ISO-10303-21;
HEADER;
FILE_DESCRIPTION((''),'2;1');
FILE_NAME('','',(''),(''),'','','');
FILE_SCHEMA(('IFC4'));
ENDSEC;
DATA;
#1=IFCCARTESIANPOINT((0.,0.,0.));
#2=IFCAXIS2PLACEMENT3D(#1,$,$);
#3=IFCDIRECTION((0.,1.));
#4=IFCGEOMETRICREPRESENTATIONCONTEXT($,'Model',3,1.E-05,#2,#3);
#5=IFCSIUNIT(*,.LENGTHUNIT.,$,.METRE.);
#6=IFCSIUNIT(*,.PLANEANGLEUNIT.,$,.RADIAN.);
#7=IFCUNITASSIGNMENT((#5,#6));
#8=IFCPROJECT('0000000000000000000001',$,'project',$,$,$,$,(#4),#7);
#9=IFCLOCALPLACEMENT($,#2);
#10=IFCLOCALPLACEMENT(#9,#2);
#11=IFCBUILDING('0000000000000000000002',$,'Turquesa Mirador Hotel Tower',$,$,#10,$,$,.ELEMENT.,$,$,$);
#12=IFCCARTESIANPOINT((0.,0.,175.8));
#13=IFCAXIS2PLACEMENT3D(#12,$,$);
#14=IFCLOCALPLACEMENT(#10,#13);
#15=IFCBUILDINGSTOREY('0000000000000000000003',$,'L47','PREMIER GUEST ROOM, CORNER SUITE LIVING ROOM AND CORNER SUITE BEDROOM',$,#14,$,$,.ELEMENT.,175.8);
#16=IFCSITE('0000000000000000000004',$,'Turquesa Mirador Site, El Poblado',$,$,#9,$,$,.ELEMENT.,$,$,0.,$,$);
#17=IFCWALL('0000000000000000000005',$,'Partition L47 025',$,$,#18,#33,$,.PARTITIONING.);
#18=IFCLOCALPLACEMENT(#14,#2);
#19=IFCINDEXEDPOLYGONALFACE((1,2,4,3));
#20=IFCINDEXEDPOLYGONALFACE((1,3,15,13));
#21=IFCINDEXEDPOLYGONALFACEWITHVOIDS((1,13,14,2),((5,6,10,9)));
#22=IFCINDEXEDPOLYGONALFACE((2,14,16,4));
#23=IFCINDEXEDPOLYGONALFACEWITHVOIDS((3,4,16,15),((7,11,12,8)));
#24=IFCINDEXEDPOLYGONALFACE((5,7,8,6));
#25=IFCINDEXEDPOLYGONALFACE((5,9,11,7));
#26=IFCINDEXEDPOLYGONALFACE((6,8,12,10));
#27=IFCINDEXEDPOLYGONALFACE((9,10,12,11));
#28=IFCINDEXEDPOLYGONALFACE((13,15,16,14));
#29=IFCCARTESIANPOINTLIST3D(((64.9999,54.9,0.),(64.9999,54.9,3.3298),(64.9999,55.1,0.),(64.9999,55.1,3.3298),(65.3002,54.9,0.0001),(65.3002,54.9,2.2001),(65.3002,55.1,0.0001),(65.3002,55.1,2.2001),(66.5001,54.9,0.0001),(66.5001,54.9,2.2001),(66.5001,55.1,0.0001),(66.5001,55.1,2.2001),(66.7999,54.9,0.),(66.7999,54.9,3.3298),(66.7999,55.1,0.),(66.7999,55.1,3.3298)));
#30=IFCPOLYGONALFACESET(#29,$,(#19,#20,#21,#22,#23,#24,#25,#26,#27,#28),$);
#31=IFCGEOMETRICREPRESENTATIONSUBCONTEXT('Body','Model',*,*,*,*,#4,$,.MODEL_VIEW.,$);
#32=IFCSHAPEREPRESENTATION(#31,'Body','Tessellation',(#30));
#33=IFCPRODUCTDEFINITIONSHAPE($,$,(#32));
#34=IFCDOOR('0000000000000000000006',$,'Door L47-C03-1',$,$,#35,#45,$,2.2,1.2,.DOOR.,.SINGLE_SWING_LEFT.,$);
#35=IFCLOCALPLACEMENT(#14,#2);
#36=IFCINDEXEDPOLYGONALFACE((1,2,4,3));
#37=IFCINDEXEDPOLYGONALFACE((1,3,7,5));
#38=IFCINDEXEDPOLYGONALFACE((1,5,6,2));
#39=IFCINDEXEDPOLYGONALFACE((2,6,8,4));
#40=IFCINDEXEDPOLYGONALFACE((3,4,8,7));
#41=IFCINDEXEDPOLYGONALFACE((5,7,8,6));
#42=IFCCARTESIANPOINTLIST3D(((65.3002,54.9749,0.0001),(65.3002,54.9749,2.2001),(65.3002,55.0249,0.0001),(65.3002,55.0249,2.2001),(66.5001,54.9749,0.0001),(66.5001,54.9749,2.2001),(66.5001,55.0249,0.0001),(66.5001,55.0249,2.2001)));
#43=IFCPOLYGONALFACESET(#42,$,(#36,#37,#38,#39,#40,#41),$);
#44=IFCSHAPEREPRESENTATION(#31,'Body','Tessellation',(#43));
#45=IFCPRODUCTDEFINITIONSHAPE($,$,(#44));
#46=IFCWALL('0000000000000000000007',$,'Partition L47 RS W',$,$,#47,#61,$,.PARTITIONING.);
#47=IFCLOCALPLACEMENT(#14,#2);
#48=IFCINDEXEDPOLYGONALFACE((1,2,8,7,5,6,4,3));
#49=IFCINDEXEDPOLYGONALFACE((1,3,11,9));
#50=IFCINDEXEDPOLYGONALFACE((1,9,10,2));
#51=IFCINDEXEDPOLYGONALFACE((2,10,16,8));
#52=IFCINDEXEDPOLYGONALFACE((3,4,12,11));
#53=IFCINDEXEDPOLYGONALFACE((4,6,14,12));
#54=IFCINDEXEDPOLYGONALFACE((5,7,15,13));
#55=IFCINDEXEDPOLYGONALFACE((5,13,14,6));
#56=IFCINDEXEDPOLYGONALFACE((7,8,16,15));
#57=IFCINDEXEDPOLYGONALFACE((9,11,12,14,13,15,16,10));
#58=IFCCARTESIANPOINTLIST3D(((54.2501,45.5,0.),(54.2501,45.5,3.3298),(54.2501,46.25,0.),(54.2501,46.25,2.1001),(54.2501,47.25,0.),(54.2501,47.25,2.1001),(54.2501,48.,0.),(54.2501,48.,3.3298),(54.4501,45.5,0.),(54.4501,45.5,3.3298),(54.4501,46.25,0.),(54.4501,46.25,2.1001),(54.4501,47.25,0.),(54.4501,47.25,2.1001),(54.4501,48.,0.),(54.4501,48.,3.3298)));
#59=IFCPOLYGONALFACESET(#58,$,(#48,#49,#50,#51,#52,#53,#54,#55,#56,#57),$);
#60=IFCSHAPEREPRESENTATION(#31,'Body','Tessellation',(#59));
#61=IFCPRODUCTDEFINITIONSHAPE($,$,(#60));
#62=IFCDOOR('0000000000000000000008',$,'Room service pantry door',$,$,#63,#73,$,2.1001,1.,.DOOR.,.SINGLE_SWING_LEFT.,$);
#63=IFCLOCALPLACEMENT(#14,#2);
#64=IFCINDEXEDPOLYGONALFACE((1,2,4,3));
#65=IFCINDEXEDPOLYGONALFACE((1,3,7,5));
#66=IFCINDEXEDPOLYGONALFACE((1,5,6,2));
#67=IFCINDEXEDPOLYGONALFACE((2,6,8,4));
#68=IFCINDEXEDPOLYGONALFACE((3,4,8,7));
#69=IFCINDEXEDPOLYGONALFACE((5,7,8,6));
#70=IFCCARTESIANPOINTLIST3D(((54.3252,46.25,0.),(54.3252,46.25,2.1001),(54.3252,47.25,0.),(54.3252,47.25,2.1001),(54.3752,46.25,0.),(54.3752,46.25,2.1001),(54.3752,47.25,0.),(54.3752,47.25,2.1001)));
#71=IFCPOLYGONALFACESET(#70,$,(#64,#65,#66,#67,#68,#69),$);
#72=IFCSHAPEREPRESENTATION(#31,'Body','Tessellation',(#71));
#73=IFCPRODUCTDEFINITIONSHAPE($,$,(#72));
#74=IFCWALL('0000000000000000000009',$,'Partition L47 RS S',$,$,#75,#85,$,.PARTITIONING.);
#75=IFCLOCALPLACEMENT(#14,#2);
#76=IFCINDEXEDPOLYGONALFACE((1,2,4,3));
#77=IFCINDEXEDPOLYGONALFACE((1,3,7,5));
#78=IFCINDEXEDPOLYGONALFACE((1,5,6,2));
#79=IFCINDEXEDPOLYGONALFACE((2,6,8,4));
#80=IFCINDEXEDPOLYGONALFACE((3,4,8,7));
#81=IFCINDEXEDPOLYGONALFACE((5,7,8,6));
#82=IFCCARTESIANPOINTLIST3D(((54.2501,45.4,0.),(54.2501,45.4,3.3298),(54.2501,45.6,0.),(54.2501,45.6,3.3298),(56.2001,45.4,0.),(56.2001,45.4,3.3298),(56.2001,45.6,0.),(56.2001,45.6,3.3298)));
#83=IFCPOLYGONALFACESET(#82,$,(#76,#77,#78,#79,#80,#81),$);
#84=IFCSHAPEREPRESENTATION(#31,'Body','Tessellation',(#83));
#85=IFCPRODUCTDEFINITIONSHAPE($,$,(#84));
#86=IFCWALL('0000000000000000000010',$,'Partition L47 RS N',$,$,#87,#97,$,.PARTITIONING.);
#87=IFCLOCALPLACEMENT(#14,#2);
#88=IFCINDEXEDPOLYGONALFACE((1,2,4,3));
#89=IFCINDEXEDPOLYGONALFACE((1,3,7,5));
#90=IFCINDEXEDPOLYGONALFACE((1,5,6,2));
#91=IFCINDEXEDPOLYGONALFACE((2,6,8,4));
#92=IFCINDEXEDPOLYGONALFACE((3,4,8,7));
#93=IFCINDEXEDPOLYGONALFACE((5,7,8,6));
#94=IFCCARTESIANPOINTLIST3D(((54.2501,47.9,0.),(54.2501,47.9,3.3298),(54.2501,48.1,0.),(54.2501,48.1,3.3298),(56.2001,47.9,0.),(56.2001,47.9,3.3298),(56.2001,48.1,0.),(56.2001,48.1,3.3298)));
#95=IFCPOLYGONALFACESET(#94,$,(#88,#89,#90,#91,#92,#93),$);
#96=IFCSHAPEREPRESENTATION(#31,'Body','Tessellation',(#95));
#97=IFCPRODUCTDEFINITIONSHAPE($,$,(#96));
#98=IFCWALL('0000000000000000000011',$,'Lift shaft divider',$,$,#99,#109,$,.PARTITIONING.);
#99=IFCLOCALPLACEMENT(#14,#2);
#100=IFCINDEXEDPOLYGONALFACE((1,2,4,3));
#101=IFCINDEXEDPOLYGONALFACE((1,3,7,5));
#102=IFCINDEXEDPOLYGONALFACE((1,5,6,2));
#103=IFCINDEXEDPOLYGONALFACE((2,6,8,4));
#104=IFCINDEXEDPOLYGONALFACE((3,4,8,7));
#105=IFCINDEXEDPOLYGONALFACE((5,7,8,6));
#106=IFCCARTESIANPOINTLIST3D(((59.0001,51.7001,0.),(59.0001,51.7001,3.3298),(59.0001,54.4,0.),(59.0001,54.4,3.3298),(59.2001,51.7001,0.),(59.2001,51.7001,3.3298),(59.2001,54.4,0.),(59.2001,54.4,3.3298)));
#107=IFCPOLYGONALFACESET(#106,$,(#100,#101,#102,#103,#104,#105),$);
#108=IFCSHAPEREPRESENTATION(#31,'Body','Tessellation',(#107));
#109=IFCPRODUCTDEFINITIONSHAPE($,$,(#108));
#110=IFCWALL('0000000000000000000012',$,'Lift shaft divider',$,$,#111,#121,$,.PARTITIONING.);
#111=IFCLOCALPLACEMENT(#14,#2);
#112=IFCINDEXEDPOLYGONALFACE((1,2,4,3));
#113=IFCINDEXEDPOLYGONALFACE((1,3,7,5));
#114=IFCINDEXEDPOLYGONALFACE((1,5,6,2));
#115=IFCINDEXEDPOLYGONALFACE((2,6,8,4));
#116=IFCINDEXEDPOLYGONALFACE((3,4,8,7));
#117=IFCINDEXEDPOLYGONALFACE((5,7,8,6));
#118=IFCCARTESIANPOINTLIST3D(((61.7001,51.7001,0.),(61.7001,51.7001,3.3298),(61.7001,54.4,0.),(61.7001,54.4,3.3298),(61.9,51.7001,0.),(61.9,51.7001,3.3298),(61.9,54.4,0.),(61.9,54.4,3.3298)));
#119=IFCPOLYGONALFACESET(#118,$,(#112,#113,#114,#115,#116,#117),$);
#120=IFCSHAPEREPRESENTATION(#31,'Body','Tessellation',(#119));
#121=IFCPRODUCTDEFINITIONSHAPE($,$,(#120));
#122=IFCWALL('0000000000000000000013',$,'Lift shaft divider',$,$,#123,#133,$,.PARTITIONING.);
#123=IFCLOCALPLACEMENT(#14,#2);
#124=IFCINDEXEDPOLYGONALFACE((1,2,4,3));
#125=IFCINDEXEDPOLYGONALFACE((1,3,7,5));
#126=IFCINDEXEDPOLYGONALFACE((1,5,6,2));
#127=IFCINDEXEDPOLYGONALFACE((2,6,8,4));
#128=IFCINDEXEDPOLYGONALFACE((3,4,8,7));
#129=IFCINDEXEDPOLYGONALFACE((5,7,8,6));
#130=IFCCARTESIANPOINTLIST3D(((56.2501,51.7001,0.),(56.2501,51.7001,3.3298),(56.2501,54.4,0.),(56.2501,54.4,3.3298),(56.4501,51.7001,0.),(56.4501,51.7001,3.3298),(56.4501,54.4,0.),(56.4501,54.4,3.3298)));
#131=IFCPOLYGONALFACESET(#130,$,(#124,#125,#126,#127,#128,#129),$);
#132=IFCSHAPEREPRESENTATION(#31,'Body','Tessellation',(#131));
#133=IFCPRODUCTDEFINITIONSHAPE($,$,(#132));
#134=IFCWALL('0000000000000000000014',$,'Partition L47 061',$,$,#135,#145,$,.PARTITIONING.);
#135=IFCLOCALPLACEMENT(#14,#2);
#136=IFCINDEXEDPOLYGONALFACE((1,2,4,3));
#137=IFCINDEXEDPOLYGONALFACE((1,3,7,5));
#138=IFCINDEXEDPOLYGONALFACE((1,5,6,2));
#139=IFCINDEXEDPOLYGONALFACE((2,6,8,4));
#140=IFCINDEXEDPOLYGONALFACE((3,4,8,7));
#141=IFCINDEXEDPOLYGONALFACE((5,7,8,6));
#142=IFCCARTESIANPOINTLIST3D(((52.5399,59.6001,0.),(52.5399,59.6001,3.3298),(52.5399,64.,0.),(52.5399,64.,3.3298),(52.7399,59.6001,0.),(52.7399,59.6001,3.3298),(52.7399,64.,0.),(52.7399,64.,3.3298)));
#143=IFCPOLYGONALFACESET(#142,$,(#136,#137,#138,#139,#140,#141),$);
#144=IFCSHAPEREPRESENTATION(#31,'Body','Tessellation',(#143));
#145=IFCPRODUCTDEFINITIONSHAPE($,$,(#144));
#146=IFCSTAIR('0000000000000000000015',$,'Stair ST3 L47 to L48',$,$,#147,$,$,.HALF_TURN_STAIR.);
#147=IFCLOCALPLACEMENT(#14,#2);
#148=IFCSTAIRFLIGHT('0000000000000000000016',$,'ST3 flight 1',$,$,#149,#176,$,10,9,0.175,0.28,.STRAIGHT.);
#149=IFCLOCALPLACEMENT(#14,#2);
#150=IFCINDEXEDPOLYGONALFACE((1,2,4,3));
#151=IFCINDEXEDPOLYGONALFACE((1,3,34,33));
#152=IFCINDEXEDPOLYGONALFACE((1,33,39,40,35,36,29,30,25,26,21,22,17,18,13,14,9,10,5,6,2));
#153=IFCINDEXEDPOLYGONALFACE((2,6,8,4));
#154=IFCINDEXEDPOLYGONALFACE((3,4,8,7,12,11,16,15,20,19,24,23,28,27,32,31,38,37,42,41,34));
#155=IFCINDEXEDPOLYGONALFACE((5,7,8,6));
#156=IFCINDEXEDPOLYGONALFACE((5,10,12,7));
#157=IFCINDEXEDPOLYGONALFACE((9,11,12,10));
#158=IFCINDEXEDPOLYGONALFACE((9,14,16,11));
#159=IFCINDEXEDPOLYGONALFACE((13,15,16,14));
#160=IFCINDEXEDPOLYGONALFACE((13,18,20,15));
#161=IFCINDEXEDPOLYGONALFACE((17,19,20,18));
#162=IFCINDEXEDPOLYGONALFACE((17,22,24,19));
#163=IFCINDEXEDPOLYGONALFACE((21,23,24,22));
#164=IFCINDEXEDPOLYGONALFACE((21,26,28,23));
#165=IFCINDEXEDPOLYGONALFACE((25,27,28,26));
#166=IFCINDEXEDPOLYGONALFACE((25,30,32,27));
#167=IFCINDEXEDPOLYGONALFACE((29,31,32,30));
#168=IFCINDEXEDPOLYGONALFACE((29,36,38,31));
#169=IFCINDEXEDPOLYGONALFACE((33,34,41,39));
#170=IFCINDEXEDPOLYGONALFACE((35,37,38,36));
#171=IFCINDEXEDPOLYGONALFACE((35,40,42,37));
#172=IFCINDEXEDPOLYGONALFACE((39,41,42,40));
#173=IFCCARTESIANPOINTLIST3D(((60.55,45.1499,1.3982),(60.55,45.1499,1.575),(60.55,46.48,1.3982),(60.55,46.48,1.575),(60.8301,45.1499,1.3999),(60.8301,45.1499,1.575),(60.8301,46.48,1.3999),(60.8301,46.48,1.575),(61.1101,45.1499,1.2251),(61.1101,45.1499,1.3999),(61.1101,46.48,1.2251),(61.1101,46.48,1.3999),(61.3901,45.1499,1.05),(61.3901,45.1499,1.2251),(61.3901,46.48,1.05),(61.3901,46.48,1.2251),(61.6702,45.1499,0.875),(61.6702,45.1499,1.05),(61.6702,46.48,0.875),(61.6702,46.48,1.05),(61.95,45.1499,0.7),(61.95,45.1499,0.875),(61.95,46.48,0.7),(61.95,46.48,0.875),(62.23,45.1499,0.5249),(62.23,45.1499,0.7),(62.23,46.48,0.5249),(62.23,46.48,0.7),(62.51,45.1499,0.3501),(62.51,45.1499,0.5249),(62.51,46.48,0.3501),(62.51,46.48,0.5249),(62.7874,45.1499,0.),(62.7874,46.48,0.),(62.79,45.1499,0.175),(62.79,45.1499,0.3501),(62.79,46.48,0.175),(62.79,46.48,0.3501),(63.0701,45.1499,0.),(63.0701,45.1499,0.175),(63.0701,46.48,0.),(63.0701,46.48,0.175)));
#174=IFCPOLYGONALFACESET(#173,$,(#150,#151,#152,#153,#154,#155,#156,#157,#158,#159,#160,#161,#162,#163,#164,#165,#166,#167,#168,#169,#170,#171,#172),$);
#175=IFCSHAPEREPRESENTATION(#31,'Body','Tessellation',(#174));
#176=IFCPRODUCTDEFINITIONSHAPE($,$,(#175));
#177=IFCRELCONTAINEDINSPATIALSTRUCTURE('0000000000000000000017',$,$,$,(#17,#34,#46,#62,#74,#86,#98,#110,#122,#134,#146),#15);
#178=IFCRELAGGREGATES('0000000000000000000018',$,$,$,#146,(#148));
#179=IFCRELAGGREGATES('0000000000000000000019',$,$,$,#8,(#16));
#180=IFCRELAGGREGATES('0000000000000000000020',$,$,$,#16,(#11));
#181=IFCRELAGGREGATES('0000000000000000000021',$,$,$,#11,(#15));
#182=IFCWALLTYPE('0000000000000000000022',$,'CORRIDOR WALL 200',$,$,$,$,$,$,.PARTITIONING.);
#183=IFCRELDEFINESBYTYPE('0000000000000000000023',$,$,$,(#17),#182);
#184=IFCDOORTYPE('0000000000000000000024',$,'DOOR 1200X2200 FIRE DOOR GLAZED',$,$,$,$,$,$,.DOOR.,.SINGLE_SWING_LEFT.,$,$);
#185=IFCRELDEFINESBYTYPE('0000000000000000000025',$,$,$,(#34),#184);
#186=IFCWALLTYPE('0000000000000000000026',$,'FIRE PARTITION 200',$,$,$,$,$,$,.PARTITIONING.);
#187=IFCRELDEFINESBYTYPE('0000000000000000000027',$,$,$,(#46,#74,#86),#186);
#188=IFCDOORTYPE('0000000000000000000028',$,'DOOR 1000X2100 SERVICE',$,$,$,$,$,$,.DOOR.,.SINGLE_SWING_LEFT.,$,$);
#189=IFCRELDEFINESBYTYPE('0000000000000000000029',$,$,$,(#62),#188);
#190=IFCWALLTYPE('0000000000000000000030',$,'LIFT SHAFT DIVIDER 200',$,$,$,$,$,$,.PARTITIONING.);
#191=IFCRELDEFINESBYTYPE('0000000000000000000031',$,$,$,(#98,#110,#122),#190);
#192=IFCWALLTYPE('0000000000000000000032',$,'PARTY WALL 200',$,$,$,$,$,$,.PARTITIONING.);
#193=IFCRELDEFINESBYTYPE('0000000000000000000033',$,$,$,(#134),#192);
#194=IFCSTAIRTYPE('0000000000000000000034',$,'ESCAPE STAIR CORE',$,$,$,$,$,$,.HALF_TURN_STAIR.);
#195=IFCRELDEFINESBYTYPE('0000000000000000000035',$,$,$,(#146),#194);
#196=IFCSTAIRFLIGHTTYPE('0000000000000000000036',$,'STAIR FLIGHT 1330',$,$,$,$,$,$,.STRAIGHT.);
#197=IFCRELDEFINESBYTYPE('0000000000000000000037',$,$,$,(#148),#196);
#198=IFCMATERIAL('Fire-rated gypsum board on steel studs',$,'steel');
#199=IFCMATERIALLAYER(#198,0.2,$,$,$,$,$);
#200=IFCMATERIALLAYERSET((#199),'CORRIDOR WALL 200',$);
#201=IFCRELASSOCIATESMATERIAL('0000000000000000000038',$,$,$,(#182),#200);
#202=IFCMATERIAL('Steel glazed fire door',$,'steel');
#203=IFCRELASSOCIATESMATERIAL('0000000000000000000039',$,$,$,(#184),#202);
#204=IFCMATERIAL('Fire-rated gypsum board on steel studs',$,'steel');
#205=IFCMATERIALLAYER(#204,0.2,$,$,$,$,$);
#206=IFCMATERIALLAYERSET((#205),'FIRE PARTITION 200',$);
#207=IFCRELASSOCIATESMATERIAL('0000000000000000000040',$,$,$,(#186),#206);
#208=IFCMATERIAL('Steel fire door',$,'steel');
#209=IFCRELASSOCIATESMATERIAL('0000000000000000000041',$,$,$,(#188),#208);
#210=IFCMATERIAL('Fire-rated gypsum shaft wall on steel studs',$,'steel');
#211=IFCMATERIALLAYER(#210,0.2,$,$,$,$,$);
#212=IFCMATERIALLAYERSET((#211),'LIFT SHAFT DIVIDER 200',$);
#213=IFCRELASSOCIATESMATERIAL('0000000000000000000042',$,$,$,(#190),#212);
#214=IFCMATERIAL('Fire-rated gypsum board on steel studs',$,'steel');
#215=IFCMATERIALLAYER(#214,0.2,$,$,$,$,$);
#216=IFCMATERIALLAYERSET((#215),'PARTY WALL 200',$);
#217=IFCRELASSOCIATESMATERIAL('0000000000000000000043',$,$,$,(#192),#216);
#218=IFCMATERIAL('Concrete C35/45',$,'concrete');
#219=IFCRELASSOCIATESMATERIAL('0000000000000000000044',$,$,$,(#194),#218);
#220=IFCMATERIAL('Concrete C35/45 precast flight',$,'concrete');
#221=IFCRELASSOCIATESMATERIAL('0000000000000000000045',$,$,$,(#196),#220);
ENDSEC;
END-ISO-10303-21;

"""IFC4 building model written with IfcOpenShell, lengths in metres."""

from ifc_helpers import new_model, si_unit, direction, frame, frame_2d, origin, place, context, subcontext, project, spatial, polyline, rectangle, outline, extrude, material, layer, layer_set, type_object, element, fill, aggregate, save


model = new_model("IFC4")

# Units and contexts
model_context = context("Model", 3, precision=1e-05, world=origin(), true_north=direction((0.0, 1.0)))
body_context = subcontext(model_context, "Body", "Model", "MODEL_VIEW")
ifc_project = project(units=[si_unit("LENGTHUNIT", "METRE"), si_unit("PLANEANGLEUNIT", "RADIAN")], contexts=[model_context])

# Site, building, storey
site_placement = place(None, origin())
site = spatial("IfcSite", under=ifc_project, at=site_placement, Name="Turquesa Mirador Site, El Poblado", CompositionType="ELEMENT", RefElevation=0.0)
building_placement = place(site_placement, origin())
building = spatial("IfcBuilding", under=site, at=building_placement, Name="Turquesa Mirador Hotel Tower", CompositionType="ELEMENT")
storey_placement = place(building_placement, frame((0.0, 0.0, 175.8)))
storey = spatial("IfcBuildingStorey", under=building, at=storey_placement, Name="L47", Description="PREMIER GUEST ROOM, CORNER SUITE LIVING ROOM AND CORNER SUITE BEDROOM", CompositionType="ELEMENT", Elevation=175.8)

# Walls, openings, doors
ifc_material_1 = material(Name="Fire-rated gypsum board on steel studs", Category="steel")
ifc_layer_1 = layer(ifc_material_1, 0.2)
ifc_layer_set_1 = layer_set([ifc_layer_1], Name="CORRIDOR WALL 200")
wall_type_1 = type_object("IfcWallType", Name="CORRIDOR WALL 200", PredefinedType="PARTITIONING", material=ifc_layer_set_1)
wall_1_placement = place(storey_placement, frame((65.0, 55.0, 0.0), z_axis=(0.0, 0.0, 1.0), x_axis=(1.0, 0.0, 0.0)))
wall_1 = element("IfcWall", 1, at=wall_1_placement, inside=storey, type_object=wall_type_1, Name="Partition L47 025", PredefinedType="PARTITIONING", context=body_context, shape_type="SweptSolid", body=[
    extrude(rectangle(XDim=1.8, YDim=0.2, at=frame_2d((0.8999, 0.0))), origin(), (0.0, 0.0, 1.0), 3.3298),
])
opening_1_placement = place(wall_1_placement, frame((0.3, 0.0, 0.0)))
opening_1 = element("IfcOpeningElement", 2, at=opening_1_placement, cuts=wall_1, PredefinedType="OPENING", context=body_context, shape_type="SweptSolid", body=[
    extrude(rectangle(XDim=1.2, YDim=2.2, at=frame_2d((0.6001, 1.1001))), frame((0.0, 0.1099, 0.0), z_axis=(0.0, -1.0, 0.0), x_axis=(1.0, 0.0, 0.0)), (0.0, 0.0, 1.0), 0.22),
])
ifc_material_2 = material(Name="Steel glazed fire door", Category="steel")
door_type_1 = type_object("IfcDoorType", Name="DOOR 1200X2200 FIRE DOOR GLAZED", OperationType="SINGLE_SWING_LEFT", PredefinedType="DOOR", material=ifc_material_2)
door_1_placement = place(opening_1_placement, origin())
door_1 = element("IfcDoor", 3, at=door_1_placement, inside=storey, type_object=door_type_1, Name="Door L47-C03-1", OperationType="SINGLE_SWING_LEFT", OverallHeight=2.2, OverallWidth=1.2, PredefinedType="DOOR", context=body_context, shape_type="SweptSolid", body=[
    extrude(rectangle(XDim=1.2, YDim=2.2, at=frame_2d((0.6001, 1.1001))), frame((0.0, 0.0249, 0.0), z_axis=(0.0, -1.0, 0.0), x_axis=(1.0, 0.0, 0.0)), (0.0, 0.0, 1.0), 0.05),
])
fill(opening_1, door_1)
ifc_material_3 = material(Name="Fire-rated gypsum board on steel studs", Category="steel")
ifc_layer_2 = layer(ifc_material_3, 0.2)
ifc_layer_set_2 = layer_set([ifc_layer_2], Name="FIRE PARTITION 200")
wall_type_2 = type_object("IfcWallType", Name="FIRE PARTITION 200", PredefinedType="PARTITIONING", material=ifc_layer_set_2)
wall_2_placement = place(storey_placement, frame((54.3501, 45.5, 0.0), z_axis=(0.0, 0.0, 1.0), x_axis=(0.0, 1.0, 0.0)))
wall_2 = element("IfcWall", 4, at=wall_2_placement, inside=storey, type_object=wall_type_2, Name="Partition L47 RS W", PredefinedType="PARTITIONING", context=body_context, shape_type="SweptSolid", body=[
    extrude(rectangle(XDim=2.5, YDim=0.2, at=frame_2d((1.25, 0.0))), origin(), (0.0, 0.0, 1.0), 3.3298),
])
opening_2_placement = place(wall_2_placement, frame((0.75, 0.0, 0.0)))
opening_2 = element("IfcOpeningElement", 5, at=opening_2_placement, cuts=wall_2, PredefinedType="OPENING", context=body_context, shape_type="SweptSolid", body=[
    extrude(rectangle(XDim=1.0, YDim=2.1001, at=frame_2d((0.5, 1.05))), frame((0.0, 0.1099, 0.0), z_axis=(0.0, -1.0, 0.0), x_axis=(1.0, 0.0, 0.0)), (0.0, 0.0, 1.0), 0.22),
])
ifc_material_4 = material(Name="Steel fire door", Category="steel")
door_type_2 = type_object("IfcDoorType", Name="DOOR 1000X2100 SERVICE", OperationType="SINGLE_SWING_LEFT", PredefinedType="DOOR", material=ifc_material_4)
door_2_placement = place(opening_2_placement, origin())
door_2 = element("IfcDoor", 6, at=door_2_placement, inside=storey, type_object=door_type_2, Name="Room service pantry door", OperationType="SINGLE_SWING_LEFT", OverallHeight=2.1001, OverallWidth=1.0, PredefinedType="DOOR", context=body_context, shape_type="SweptSolid", body=[
    extrude(rectangle(XDim=1.0, YDim=2.1001, at=frame_2d((0.5, 1.05))), frame((0.0, 0.0249, 0.0), z_axis=(0.0, -1.0, 0.0), x_axis=(1.0, 0.0, 0.0)), (0.0, 0.0, 1.0), 0.05),
])
fill(opening_2, door_2)

# Walls
for number, where, z_axis, x_axis, name in (
    (7, (54.25, 45.5, 0.0), (0.0, 0.0, 1.0), (1.0, 0.0, 0.0), "Partition L47 RS S"),
    (8, (54.25, 48.0, 0.0), (0.0, 0.0, 1.0), (1.0, 0.0, 0.0), "Partition L47 RS N"),
):
    element("IfcWall", number, at=place(storey_placement, frame(where, z_axis=z_axis, x_axis=x_axis)), inside=storey, type_object=wall_type_2, Name=name, PredefinedType="PARTITIONING", context=body_context, shape_type="SweptSolid", body=[
        extrude(rectangle(XDim=1.95, YDim=0.2, at=frame_2d((0.9751, 0.0))), origin(), (0.0, 0.0, 1.0), 3.3298),
    ])
ifc_material_5 = material(Name="Fire-rated gypsum shaft wall on steel studs", Category="steel")
ifc_layer_3 = layer(ifc_material_5, 0.2)
ifc_layer_set_3 = layer_set([ifc_layer_3], Name="LIFT SHAFT DIVIDER 200")
wall_type_3 = type_object("IfcWallType", Name="LIFT SHAFT DIVIDER 200", PredefinedType="PARTITIONING", material=ifc_layer_set_3)
for number, where, z_axis, x_axis, name in (
    (9, (59.1001, 51.7, 0.0), (0.0, 0.0, 1.0), (0.0, 1.0, 0.0), "Lift shaft divider"),
    (10, (61.8, 51.7, 0.0), (0.0, 0.0, 1.0), (0.0, 1.0, 0.0), "Lift shaft divider"),
    (11, (56.3501, 51.7, 0.0), (0.0, 0.0, 1.0), (0.0, 1.0, 0.0), "Lift shaft divider"),
):
    element("IfcWall", number, at=place(storey_placement, frame(where, z_axis=z_axis, x_axis=x_axis)), inside=storey, type_object=wall_type_3, Name=name, PredefinedType="PARTITIONING", context=body_context, shape_type="SweptSolid", body=[
        extrude(rectangle(XDim=2.7, YDim=0.2, at=frame_2d((1.3501, 0.0))), origin(), (0.0, 0.0, 1.0), 3.3298),
    ])
ifc_material_6 = material(Name="Fire-rated gypsum board on steel studs", Category="steel")
ifc_layer_4 = layer(ifc_material_6, 0.2)
ifc_layer_set_4 = layer_set([ifc_layer_4], Name="PARTY WALL 200")
wall_type_4 = type_object("IfcWallType", Name="PARTY WALL 200", PredefinedType="PARTITIONING", material=ifc_layer_set_4)
wall_3_placement = place(storey_placement, frame((52.6399, 59.6001, 0.0), z_axis=(0.0, 0.0, 1.0), x_axis=(0.0, 1.0, 0.0)))
element("IfcWall", 12, at=wall_3_placement, inside=storey, type_object=wall_type_4, Name="Partition L47 061", PredefinedType="PARTITIONING", context=body_context, shape_type="SweptSolid", body=[
    extrude(rectangle(XDim=4.3999, YDim=0.2, at=frame_2d((2.2, 0.0))), origin(), (0.0, 0.0, 1.0), 3.3298),
])

# Stair, stair flight
ifc_material_7 = material(Name="Concrete C35/45", Category="concrete")
stair_type = type_object("IfcStairType", Name="ESCAPE STAIR CORE", PredefinedType="HALF_TURN_STAIR", material=ifc_material_7)
stair_placement = place(storey_placement, origin())
stair = element("IfcStair", 13, at=stair_placement, inside=storey, type_object=stair_type, Name="Stair ST3 L47 to L48", PredefinedType="HALF_TURN_STAIR")
ifc_material_8 = material(Name="Concrete C35/45 precast flight", Category="concrete")
stair_flight_type = type_object("IfcStairFlightType", Name="STAIR FLIGHT 1330", PredefinedType="STRAIGHT", material=ifc_material_8)
stair_flight_1_placement = place(storey_placement, frame((63.0701, 45.8149, 0.0), z_axis=(0.0, 0.0, 1.0), x_axis=(-1.0, 0.0, 0.0)))
stair_flight_1 = element("IfcStairFlight", 14, at=stair_flight_1_placement, type_object=stair_flight_type, Name="ST3 flight 1", NumberOfRisers=10, NumberOfTreads=9, PredefinedType="STRAIGHT", RiserHeight=0.175, TreadLength=0.28, context=body_context, shape_type="SweptSolid", body=[
    extrude(outline(polyline([(0.0, 0.0), (0.0, 0.175), (0.28, 0.175), (0.28, 0.3501), (0.5601, 0.3501), (0.5601, 0.5249), (0.8401, 0.5249), (0.8401, 0.7), (1.1201, 0.7), (1.1201, 0.875), (1.3999, 0.875), (1.3999, 1.05), (1.6799, 1.05), (1.6799, 1.2251), (1.96, 1.2251), (1.96, 1.3999), (2.24, 1.3999), (2.24, 1.575), (2.52, 1.575), (2.52, 1.75), (2.52, 1.3982), (0.2827, 0.0), (0.0, 0.0)])), frame((0.0, 0.665, 0.0), z_axis=(0.0, -1.0, 0.0), x_axis=(1.0, 0.0, 0.0)), (0.0, 0.0, 1.0), 1.3301),
])
aggregate(stair, [stair_flight_1])

save(model, "model.ifc")
